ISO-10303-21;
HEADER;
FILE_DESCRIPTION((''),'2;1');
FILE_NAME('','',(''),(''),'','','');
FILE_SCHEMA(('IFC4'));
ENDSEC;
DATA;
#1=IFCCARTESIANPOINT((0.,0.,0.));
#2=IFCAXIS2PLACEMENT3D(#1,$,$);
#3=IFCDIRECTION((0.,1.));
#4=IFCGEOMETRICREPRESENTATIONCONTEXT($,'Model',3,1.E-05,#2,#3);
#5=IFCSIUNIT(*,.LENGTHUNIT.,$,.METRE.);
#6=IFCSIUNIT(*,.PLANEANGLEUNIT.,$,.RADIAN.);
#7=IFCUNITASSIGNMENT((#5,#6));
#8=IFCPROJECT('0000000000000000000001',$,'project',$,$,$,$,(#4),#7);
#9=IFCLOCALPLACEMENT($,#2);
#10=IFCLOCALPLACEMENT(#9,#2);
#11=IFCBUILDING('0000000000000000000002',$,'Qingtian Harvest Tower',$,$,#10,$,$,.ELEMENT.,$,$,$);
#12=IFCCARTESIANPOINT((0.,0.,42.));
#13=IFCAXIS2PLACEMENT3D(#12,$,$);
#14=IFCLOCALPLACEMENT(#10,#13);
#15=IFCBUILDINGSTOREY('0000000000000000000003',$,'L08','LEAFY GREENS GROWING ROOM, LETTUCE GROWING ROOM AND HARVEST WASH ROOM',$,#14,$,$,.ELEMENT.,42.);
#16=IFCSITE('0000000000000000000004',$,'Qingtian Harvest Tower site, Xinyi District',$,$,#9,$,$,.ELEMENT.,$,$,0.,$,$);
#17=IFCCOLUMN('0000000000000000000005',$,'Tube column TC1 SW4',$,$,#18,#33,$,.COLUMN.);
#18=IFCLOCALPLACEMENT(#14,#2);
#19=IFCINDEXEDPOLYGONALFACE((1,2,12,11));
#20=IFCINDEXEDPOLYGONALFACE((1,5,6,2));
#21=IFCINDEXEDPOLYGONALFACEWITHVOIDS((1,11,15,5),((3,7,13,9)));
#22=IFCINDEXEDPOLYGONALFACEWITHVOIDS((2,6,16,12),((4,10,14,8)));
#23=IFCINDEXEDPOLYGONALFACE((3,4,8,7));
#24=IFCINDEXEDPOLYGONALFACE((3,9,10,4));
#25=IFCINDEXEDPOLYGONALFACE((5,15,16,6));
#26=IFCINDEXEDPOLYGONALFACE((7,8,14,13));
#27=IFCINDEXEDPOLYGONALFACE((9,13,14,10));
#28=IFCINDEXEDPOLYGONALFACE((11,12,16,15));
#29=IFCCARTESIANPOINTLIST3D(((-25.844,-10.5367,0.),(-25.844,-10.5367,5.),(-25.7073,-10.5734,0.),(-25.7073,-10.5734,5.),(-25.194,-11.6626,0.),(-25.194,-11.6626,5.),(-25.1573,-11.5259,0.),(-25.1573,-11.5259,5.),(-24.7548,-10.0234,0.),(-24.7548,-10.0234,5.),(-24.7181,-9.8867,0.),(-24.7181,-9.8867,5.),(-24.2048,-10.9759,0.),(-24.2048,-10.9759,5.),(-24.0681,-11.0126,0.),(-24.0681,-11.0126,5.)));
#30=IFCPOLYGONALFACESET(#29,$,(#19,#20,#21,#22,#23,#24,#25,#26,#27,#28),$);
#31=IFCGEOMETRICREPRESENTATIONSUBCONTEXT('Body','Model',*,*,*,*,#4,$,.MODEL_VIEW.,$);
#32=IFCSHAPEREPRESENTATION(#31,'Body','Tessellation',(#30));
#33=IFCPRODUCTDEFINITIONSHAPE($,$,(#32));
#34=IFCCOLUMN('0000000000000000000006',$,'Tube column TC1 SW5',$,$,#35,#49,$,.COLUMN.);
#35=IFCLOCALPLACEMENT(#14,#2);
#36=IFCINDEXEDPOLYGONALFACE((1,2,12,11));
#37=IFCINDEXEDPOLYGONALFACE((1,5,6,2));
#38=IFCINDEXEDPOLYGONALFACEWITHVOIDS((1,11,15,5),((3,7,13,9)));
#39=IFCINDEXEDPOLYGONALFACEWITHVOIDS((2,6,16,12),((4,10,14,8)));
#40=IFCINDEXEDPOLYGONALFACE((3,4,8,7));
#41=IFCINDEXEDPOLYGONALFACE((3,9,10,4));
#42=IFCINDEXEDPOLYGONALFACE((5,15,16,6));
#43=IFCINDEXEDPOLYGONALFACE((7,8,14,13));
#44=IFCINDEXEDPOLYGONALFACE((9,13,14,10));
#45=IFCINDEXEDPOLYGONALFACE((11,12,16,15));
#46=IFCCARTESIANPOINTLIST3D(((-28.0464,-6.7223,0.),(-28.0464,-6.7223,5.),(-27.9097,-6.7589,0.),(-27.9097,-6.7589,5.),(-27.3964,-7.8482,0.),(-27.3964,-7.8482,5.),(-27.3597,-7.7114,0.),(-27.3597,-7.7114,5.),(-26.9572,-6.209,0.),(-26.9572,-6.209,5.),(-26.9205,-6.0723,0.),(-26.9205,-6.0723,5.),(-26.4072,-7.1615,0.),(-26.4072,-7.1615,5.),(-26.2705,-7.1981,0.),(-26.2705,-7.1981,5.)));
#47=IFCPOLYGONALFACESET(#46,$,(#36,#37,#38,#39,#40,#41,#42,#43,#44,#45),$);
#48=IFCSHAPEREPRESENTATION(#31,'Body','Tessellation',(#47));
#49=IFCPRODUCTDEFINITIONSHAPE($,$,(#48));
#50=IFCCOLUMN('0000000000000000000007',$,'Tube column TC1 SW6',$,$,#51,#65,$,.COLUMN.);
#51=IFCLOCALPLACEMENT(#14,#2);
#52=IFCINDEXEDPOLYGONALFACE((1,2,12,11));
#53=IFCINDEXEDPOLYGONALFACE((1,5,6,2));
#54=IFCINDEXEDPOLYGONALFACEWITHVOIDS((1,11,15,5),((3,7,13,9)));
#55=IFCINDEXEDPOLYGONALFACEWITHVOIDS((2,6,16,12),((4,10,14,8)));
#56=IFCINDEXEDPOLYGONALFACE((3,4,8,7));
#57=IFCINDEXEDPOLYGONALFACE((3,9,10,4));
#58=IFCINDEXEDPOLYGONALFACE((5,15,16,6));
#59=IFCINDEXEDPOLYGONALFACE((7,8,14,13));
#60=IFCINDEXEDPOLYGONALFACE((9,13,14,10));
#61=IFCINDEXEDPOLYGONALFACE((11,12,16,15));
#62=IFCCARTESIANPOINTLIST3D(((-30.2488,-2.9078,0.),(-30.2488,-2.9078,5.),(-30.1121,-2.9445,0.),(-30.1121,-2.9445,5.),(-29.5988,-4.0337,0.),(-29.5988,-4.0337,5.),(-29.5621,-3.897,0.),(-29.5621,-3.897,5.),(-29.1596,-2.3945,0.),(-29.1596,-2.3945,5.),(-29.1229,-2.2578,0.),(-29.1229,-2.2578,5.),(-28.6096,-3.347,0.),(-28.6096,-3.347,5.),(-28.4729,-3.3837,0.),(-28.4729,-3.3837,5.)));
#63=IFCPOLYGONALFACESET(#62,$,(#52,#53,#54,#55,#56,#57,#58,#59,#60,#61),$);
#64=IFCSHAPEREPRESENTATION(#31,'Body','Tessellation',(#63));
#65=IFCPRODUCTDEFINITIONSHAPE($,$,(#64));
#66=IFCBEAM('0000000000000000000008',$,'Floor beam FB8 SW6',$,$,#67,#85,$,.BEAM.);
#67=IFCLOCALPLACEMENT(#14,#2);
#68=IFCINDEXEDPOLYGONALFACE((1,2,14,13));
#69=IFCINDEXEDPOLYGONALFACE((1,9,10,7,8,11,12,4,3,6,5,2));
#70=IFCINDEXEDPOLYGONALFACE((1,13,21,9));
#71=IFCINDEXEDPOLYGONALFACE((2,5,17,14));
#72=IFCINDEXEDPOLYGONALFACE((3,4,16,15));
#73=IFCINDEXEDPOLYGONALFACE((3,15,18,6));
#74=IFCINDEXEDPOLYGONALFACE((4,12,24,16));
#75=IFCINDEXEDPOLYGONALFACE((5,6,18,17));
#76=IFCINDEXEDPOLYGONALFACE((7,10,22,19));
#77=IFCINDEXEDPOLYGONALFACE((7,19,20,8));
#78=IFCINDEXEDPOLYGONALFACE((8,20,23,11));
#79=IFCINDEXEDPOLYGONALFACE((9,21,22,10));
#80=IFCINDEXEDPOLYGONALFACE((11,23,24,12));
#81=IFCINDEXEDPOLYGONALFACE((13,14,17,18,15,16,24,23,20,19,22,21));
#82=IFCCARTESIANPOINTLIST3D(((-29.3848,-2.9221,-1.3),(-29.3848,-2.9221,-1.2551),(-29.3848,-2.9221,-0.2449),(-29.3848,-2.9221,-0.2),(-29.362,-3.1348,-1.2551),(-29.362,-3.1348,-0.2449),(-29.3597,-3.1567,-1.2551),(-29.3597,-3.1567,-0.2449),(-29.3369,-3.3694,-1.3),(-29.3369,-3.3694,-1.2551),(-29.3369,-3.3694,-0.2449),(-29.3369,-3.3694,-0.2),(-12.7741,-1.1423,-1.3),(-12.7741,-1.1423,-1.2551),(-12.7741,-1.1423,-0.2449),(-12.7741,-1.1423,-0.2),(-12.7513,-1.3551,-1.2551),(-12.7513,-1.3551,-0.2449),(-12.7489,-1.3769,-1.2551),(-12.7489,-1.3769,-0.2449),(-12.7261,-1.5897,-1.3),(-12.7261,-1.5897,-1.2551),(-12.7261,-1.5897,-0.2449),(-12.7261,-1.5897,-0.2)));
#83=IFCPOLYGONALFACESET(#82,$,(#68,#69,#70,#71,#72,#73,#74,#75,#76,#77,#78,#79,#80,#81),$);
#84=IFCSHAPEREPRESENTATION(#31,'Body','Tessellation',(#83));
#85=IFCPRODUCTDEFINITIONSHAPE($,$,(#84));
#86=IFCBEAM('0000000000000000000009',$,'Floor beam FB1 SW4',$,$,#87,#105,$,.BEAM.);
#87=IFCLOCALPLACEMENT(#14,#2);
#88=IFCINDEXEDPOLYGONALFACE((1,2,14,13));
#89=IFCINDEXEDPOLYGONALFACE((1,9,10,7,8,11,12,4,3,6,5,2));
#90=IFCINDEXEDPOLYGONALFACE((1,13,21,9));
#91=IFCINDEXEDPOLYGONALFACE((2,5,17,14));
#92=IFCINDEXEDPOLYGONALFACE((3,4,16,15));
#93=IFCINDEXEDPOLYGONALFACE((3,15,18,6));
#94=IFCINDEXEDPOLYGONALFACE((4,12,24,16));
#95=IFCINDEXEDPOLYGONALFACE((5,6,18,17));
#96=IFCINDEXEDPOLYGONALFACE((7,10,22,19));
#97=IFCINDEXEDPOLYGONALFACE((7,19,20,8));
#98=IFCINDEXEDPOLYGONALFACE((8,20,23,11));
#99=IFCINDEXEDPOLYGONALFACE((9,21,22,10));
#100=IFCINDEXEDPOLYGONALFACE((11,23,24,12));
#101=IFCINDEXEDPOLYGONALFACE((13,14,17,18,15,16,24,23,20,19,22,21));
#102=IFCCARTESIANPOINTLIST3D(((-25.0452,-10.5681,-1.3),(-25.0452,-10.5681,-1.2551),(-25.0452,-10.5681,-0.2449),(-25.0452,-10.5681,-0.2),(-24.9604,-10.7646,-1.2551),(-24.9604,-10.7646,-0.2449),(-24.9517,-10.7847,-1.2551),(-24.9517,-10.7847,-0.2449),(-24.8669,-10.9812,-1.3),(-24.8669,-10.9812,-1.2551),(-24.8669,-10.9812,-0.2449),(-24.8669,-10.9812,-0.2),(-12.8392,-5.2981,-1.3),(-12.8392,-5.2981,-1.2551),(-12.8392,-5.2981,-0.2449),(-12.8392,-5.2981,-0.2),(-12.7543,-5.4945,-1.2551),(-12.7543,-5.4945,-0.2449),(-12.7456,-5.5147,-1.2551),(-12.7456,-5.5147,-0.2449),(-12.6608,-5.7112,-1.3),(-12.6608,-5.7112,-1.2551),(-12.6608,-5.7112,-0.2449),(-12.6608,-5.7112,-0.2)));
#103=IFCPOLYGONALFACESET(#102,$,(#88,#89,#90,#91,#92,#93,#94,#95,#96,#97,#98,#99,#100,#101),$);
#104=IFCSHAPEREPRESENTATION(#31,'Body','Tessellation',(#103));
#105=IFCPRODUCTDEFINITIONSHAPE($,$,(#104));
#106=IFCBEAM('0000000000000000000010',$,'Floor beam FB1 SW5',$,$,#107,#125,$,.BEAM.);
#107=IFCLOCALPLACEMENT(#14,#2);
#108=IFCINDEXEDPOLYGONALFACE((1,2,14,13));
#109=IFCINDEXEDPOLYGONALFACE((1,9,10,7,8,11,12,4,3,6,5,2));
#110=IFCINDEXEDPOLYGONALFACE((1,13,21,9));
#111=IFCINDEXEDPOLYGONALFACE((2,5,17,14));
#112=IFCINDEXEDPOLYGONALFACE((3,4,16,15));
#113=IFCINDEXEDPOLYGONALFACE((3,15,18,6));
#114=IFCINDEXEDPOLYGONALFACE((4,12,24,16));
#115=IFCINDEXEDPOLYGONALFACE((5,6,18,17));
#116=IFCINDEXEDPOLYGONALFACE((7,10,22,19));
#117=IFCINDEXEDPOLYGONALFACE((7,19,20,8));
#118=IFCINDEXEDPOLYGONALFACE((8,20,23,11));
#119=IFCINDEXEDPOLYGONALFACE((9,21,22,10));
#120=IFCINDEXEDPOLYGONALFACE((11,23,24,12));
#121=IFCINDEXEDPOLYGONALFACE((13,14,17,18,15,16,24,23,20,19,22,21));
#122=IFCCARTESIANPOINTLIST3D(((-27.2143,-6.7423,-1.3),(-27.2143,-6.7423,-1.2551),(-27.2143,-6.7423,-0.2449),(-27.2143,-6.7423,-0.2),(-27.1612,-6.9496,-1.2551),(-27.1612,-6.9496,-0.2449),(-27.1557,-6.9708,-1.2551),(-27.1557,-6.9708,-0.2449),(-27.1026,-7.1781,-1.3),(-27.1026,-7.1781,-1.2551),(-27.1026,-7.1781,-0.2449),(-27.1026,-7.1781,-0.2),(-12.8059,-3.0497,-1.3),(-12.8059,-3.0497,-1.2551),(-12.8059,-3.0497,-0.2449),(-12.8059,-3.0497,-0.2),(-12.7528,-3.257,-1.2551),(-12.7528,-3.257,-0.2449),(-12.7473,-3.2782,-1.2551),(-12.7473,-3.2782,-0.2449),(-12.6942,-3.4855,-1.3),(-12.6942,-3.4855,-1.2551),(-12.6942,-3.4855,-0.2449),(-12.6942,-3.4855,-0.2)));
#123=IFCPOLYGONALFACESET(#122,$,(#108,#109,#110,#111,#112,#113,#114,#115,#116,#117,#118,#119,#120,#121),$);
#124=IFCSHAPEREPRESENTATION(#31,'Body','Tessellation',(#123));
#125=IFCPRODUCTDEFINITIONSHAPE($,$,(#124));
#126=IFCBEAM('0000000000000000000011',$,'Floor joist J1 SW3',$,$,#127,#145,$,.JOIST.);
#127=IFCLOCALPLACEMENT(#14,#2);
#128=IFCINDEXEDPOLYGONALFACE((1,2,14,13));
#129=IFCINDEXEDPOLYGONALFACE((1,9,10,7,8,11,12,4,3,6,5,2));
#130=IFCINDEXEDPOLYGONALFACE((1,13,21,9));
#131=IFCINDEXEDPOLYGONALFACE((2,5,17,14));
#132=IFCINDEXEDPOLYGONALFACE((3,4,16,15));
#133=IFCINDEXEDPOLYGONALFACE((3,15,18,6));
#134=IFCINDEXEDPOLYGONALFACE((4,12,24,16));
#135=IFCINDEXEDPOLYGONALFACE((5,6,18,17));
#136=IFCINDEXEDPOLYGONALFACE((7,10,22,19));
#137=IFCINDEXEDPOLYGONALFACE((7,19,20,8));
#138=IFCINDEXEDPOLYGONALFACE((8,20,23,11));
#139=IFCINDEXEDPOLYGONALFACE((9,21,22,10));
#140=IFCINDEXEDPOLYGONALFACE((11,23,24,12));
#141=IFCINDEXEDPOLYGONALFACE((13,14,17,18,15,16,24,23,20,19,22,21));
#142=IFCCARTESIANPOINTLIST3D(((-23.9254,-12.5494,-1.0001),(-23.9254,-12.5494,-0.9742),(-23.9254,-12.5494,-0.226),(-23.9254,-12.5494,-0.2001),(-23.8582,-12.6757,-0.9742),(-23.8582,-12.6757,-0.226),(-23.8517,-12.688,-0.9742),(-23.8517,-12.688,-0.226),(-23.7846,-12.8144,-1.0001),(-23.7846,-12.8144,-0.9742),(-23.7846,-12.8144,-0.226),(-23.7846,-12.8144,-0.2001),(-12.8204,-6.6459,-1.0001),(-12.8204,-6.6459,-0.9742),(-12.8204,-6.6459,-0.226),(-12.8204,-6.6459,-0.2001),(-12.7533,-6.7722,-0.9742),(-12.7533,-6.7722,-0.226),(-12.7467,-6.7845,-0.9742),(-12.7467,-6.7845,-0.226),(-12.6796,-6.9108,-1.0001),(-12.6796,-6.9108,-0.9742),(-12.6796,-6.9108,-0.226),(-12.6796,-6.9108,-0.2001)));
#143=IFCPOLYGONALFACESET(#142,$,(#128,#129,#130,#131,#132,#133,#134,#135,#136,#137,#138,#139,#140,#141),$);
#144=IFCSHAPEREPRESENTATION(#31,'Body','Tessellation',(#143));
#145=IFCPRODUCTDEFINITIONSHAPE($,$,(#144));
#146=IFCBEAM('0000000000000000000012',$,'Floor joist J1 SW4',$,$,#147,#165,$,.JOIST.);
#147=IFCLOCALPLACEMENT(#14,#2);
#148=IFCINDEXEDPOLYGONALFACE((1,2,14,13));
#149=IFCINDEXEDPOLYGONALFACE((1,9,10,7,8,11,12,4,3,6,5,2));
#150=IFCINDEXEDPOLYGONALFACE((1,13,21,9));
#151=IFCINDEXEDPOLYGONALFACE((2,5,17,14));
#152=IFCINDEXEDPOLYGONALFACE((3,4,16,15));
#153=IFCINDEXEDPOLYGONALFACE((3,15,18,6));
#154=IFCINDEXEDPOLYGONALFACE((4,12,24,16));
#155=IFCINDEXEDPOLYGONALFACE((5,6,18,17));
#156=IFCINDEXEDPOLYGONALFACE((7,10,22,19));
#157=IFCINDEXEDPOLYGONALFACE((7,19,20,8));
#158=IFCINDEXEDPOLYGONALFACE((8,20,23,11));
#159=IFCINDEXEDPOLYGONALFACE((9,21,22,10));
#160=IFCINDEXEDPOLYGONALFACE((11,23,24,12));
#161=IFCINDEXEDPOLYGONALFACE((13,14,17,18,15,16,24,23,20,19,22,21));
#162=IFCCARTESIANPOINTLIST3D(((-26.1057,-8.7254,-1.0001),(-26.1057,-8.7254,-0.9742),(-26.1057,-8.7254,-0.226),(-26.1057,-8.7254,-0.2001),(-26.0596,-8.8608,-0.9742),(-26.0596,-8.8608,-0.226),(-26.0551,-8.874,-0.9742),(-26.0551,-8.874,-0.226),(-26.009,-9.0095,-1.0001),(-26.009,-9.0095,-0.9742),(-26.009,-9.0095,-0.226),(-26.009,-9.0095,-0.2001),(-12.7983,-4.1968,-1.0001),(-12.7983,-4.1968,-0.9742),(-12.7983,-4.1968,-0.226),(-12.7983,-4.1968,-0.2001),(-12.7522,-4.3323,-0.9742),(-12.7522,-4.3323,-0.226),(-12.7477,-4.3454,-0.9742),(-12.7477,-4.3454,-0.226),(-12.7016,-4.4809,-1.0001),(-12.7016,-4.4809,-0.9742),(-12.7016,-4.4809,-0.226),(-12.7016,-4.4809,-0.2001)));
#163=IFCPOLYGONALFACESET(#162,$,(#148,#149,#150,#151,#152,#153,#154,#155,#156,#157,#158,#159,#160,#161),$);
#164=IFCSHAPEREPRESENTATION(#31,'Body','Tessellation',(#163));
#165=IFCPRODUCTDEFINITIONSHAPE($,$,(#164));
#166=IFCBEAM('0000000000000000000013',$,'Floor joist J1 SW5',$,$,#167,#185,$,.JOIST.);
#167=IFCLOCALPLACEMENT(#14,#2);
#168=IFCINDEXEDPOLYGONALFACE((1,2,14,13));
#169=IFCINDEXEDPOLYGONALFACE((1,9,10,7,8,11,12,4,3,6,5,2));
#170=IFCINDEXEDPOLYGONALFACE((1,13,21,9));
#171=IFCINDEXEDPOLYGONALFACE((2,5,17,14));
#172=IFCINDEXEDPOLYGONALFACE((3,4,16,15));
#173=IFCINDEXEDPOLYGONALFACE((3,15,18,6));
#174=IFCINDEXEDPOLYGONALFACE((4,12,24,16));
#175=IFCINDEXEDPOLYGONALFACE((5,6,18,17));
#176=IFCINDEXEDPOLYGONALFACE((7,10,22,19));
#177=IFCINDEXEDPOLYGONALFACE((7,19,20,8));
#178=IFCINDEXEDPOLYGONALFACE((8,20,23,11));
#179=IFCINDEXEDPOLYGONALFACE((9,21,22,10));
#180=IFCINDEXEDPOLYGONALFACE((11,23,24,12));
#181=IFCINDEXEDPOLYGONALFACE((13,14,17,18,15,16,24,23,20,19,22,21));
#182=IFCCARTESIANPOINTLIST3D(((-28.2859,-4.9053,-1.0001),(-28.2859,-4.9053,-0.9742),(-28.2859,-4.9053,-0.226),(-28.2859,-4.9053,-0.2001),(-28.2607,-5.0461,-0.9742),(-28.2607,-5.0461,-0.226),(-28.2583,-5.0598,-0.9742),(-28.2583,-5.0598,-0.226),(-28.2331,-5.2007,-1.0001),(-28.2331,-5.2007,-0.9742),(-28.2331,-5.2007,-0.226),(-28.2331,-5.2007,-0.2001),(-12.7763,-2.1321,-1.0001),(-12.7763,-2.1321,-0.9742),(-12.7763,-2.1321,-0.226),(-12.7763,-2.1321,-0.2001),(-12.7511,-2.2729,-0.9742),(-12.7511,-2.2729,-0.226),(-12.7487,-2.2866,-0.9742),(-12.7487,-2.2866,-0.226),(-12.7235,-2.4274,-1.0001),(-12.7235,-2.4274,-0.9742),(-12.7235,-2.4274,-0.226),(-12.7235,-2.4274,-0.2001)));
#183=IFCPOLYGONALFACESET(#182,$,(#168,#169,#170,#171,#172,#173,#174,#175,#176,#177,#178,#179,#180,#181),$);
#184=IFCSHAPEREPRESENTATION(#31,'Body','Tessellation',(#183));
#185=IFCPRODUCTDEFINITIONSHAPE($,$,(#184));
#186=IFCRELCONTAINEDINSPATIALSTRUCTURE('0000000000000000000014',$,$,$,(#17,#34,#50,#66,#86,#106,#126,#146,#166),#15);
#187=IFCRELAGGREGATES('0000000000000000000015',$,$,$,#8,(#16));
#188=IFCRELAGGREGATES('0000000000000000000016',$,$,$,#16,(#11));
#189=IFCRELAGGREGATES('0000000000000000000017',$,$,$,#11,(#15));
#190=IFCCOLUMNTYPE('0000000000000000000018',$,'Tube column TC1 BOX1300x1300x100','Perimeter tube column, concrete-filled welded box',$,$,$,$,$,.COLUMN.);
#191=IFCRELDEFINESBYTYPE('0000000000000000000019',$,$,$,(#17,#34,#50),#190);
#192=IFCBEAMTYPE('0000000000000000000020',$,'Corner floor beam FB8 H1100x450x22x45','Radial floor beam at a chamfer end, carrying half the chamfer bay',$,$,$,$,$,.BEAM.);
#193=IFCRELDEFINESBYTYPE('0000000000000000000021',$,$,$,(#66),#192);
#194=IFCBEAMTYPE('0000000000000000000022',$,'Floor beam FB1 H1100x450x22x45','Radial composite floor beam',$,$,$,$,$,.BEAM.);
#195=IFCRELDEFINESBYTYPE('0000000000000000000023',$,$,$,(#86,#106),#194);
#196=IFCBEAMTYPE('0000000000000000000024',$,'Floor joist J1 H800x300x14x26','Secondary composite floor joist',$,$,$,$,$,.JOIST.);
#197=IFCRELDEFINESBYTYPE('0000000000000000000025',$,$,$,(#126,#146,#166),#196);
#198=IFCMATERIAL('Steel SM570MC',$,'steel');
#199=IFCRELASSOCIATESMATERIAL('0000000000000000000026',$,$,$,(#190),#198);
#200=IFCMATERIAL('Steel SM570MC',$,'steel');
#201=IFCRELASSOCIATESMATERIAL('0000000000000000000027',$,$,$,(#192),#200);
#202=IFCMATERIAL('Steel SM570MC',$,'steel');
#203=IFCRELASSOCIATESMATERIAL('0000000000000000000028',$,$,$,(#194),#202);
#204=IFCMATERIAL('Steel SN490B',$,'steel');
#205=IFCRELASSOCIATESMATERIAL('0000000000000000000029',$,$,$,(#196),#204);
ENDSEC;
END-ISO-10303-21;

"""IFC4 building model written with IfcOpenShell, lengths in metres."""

from ifc_helpers import new_model, si_unit, direction, frame, origin, origin_2d, place, context, subcontext, project, spatial, hollow_rectangle, i_section, extrude, material, material_profile, profile_set, type_object, element, save


model = new_model("IFC4")

# Units and contexts
model_context = context("Model", 3, precision=1e-05, world=origin(), true_north=direction((0.0, 1.0)))
body_context = subcontext(model_context, "Body", "Model", "MODEL_VIEW")
ifc_project = project(units=[si_unit("LENGTHUNIT", "METRE"), si_unit("PLANEANGLEUNIT", "RADIAN")], contexts=[model_context])

# Site, building, storey
site_placement = place(None, origin())
site = spatial("IfcSite", under=ifc_project, at=site_placement, Name="Qingtian Harvest Tower site, Xinyi District", CompositionType="ELEMENT", RefElevation=0.0)
building_placement = place(site_placement, origin())
building = spatial("IfcBuilding", under=site, at=building_placement, Name="Qingtian Harvest Tower", CompositionType="ELEMENT")
storey_placement = place(building_placement, frame((0.0, 0.0, 42.0)))
storey = spatial("IfcBuildingStorey", under=building, at=storey_placement, Name="L08", Description="LEAFY GREENS GROWING ROOM, LETTUCE GROWING ROOM AND HARVEST WASH ROOM", CompositionType="ELEMENT", Elevation=42.0)

# Columns
ifc_material_1 = material(Name="Steel SM570MC", Category="steel")
ifc_material_profile_1 = material_profile(ifc_material_1, hollow_rectangle(XDim=1.3, YDim=1.3, WallThickness=0.1001, at=origin_2d()), Name="BOX1300x1300x100")
ifc_profile_set_1 = profile_set([ifc_material_profile_1], Name="Steel SM570MC")
column_type = type_object("IfcColumnType", Name="Tube column TC1 BOX1300x1300x100", Description="Perimeter tube column, concrete-filled welded box", PredefinedType="COLUMN", material=ifc_profile_set_1)
for number, where, z_axis, x_axis, name in (
    (1, (-24.9561, -10.7747, 0.0), (0.0, 0.0, 1.0), (0.5, -0.866025, 0.0), "Tube column TC1 SW4"),
    (2, (-27.1584, -6.9602, 0.0), (0.0, 0.0, 1.0), (0.5, -0.866025, 0.0), "Tube column TC1 SW5"),
    (3, (-29.3608, -3.1458, 0.0), (0.0, 0.0, 1.0), (0.5, -0.866025, 0.0), "Tube column TC1 SW6"),
):
    element("IfcColumn", number, at=place(storey_placement, frame(where, z_axis=z_axis, x_axis=x_axis)), inside=storey, type_object=column_type, Name=name, PredefinedType="COLUMN", context=body_context, shape_type="SweptSolid", body=[
        extrude(hollow_rectangle(XDim=1.3, YDim=1.3, WallThickness=0.1001, at=origin_2d()), origin(), (0.0, 0.0, 1.0), 5.0),
    ])

# Beams
ifc_material_2 = material(Name="Steel SM570MC", Category="steel")
ifc_material_profile_2 = material_profile(ifc_material_2, i_section(OverallWidth=0.45, OverallDepth=1.1001, WebThickness=0.022, FlangeThickness=0.0449, at=origin_2d()), Name="H1100x450x22x45")
ifc_profile_set_2 = profile_set([ifc_material_profile_2], Name="Steel SM570MC")
beam_type_1 = type_object("IfcBeamType", Name="Corner floor beam FB8 H1100x450x22x45", Description="Radial floor beam at a chamfer end, carrying half the chamfer bay", PredefinedType="BEAM", material=ifc_profile_set_2)
beam_1_placement = place(storey_placement, frame((-29.3608, -3.1458, -0.75), z_axis=(0.994309, 0.106536, 0.0), x_axis=(-0.106536, 0.994309, 0.0)))
element("IfcBeam", 4, at=beam_1_placement, inside=storey, type_object=beam_type_1, Name="Floor beam FB8 SW6", PredefinedType="BEAM", context=body_context, shape_type="SweptSolid", body=[
    extrude(i_section(OverallWidth=0.45, OverallDepth=1.1001, WebThickness=0.022, FlangeThickness=0.0449, at=origin_2d()), origin(), (0.0, 0.0, 1.0), 16.7058),
])
ifc_material_3 = material(Name="Steel SM570MC", Category="steel")
ifc_material_profile_3 = material_profile(ifc_material_3, i_section(OverallWidth=0.45, OverallDepth=1.1001, WebThickness=0.022, FlangeThickness=0.0449, at=origin_2d()), Name="H1100x450x22x45")
ifc_profile_set_3 = profile_set([ifc_material_profile_3], Name="Steel SM570MC")
beam_type_2 = type_object("IfcBeamType", Name="Floor beam FB1 H1100x450x22x45", Description="Radial composite floor beam", PredefinedType="BEAM", material=ifc_profile_set_3)
beam_2_placement = place(storey_placement, frame((-24.9561, -10.7747, -0.75), z_axis=(0.918084, 0.396387, 0.0), x_axis=(-0.396387, 0.918084, 0.0)))
element("IfcBeam", 5, at=beam_2_placement, inside=storey, type_object=beam_type_2, Name="Floor beam FB1 SW4", PredefinedType="BEAM", context=body_context, shape_type="SweptSolid", body=[
    extrude(i_section(OverallWidth=0.45, OverallDepth=1.1001, WebThickness=0.022, FlangeThickness=0.0449, at=origin_2d()), origin(), (0.0, 0.0, 1.0), 13.2952),
])
beam_3_placement = place(storey_placement, frame((-27.1584, -6.9602, -0.75), z_axis=(0.968694, 0.248259, 0.0), x_axis=(-0.248259, 0.968694, 0.0)))
element("IfcBeam", 6, at=beam_3_placement, inside=storey, type_object=beam_type_2, Name="Floor beam FB1 SW5", PredefinedType="BEAM", context=body_context, shape_type="SweptSolid", body=[
    extrude(i_section(OverallWidth=0.45, OverallDepth=1.1001, WebThickness=0.022, FlangeThickness=0.0449, at=origin_2d()), origin(), (0.0, 0.0, 1.0), 14.874),
])
ifc_material_4 = material(Name="Steel SN490B", Category="steel")
ifc_material_profile_4 = material_profile(ifc_material_4, i_section(OverallWidth=0.3, OverallDepth=0.8, WebThickness=0.0139, FlangeThickness=0.0259, at=origin_2d()), Name="H800x300x14x26")
ifc_profile_set_4 = profile_set([ifc_material_profile_4], Name="Steel SN490B")
beam_type_3 = type_object("IfcBeamType", Name="Floor joist J1 H800x300x14x26", Description="Secondary composite floor joist", PredefinedType="JOIST", material=ifc_profile_set_4)
beam_4_placement = place(storey_placement, frame((-23.855, -12.6819, -0.6001), z_axis=(0.882982, 0.469406, 0.0), x_axis=(-0.469406, 0.882982, 0.0)))
element("IfcBeam", 7, at=beam_4_placement, inside=storey, type_object=beam_type_3, Name="Floor joist J1 SW3", PredefinedType="JOIST", context=body_context, shape_type="SweptSolid", body=[
    extrude(i_section(OverallWidth=0.3, OverallDepth=0.8, WebThickness=0.0139, FlangeThickness=0.0259, at=origin_2d()), origin(), (0.0, 0.0, 1.0), 12.5767),
])
beam_5_placement = place(storey_placement, frame((-26.0574, -8.8674, -0.6001), z_axis=(0.946685, 0.322161, 0.0), x_axis=(-0.322161, 0.946685, 0.0)))
element("IfcBeam", 8, at=beam_5_placement, inside=storey, type_object=beam_type_3, Name="Floor joist J1 SW4", PredefinedType="JOIST", context=body_context, shape_type="SweptSolid", body=[
    extrude(i_section(OverallWidth=0.3, OverallDepth=0.8, WebThickness=0.0139, FlangeThickness=0.0259, at=origin_2d()), origin(), (0.0, 0.0, 1.0), 14.0569),
])
beam_6_placement = place(storey_placement, frame((-28.2595, -5.053, -0.6001), z_axis=(0.984388, 0.176014, 0.0), x_axis=(-0.176014, 0.984388, 0.0)))
element("IfcBeam", 9, at=beam_6_placement, inside=storey, type_object=beam_type_3, Name="Floor joist J1 SW5", PredefinedType="JOIST", context=body_context, shape_type="SweptSolid", body=[
    extrude(i_section(OverallWidth=0.3, OverallDepth=0.8, WebThickness=0.0139, FlangeThickness=0.0259, at=origin_2d()), origin(), (0.0, 0.0, 1.0), 15.7556),
])

save(model, "model.ifc")
